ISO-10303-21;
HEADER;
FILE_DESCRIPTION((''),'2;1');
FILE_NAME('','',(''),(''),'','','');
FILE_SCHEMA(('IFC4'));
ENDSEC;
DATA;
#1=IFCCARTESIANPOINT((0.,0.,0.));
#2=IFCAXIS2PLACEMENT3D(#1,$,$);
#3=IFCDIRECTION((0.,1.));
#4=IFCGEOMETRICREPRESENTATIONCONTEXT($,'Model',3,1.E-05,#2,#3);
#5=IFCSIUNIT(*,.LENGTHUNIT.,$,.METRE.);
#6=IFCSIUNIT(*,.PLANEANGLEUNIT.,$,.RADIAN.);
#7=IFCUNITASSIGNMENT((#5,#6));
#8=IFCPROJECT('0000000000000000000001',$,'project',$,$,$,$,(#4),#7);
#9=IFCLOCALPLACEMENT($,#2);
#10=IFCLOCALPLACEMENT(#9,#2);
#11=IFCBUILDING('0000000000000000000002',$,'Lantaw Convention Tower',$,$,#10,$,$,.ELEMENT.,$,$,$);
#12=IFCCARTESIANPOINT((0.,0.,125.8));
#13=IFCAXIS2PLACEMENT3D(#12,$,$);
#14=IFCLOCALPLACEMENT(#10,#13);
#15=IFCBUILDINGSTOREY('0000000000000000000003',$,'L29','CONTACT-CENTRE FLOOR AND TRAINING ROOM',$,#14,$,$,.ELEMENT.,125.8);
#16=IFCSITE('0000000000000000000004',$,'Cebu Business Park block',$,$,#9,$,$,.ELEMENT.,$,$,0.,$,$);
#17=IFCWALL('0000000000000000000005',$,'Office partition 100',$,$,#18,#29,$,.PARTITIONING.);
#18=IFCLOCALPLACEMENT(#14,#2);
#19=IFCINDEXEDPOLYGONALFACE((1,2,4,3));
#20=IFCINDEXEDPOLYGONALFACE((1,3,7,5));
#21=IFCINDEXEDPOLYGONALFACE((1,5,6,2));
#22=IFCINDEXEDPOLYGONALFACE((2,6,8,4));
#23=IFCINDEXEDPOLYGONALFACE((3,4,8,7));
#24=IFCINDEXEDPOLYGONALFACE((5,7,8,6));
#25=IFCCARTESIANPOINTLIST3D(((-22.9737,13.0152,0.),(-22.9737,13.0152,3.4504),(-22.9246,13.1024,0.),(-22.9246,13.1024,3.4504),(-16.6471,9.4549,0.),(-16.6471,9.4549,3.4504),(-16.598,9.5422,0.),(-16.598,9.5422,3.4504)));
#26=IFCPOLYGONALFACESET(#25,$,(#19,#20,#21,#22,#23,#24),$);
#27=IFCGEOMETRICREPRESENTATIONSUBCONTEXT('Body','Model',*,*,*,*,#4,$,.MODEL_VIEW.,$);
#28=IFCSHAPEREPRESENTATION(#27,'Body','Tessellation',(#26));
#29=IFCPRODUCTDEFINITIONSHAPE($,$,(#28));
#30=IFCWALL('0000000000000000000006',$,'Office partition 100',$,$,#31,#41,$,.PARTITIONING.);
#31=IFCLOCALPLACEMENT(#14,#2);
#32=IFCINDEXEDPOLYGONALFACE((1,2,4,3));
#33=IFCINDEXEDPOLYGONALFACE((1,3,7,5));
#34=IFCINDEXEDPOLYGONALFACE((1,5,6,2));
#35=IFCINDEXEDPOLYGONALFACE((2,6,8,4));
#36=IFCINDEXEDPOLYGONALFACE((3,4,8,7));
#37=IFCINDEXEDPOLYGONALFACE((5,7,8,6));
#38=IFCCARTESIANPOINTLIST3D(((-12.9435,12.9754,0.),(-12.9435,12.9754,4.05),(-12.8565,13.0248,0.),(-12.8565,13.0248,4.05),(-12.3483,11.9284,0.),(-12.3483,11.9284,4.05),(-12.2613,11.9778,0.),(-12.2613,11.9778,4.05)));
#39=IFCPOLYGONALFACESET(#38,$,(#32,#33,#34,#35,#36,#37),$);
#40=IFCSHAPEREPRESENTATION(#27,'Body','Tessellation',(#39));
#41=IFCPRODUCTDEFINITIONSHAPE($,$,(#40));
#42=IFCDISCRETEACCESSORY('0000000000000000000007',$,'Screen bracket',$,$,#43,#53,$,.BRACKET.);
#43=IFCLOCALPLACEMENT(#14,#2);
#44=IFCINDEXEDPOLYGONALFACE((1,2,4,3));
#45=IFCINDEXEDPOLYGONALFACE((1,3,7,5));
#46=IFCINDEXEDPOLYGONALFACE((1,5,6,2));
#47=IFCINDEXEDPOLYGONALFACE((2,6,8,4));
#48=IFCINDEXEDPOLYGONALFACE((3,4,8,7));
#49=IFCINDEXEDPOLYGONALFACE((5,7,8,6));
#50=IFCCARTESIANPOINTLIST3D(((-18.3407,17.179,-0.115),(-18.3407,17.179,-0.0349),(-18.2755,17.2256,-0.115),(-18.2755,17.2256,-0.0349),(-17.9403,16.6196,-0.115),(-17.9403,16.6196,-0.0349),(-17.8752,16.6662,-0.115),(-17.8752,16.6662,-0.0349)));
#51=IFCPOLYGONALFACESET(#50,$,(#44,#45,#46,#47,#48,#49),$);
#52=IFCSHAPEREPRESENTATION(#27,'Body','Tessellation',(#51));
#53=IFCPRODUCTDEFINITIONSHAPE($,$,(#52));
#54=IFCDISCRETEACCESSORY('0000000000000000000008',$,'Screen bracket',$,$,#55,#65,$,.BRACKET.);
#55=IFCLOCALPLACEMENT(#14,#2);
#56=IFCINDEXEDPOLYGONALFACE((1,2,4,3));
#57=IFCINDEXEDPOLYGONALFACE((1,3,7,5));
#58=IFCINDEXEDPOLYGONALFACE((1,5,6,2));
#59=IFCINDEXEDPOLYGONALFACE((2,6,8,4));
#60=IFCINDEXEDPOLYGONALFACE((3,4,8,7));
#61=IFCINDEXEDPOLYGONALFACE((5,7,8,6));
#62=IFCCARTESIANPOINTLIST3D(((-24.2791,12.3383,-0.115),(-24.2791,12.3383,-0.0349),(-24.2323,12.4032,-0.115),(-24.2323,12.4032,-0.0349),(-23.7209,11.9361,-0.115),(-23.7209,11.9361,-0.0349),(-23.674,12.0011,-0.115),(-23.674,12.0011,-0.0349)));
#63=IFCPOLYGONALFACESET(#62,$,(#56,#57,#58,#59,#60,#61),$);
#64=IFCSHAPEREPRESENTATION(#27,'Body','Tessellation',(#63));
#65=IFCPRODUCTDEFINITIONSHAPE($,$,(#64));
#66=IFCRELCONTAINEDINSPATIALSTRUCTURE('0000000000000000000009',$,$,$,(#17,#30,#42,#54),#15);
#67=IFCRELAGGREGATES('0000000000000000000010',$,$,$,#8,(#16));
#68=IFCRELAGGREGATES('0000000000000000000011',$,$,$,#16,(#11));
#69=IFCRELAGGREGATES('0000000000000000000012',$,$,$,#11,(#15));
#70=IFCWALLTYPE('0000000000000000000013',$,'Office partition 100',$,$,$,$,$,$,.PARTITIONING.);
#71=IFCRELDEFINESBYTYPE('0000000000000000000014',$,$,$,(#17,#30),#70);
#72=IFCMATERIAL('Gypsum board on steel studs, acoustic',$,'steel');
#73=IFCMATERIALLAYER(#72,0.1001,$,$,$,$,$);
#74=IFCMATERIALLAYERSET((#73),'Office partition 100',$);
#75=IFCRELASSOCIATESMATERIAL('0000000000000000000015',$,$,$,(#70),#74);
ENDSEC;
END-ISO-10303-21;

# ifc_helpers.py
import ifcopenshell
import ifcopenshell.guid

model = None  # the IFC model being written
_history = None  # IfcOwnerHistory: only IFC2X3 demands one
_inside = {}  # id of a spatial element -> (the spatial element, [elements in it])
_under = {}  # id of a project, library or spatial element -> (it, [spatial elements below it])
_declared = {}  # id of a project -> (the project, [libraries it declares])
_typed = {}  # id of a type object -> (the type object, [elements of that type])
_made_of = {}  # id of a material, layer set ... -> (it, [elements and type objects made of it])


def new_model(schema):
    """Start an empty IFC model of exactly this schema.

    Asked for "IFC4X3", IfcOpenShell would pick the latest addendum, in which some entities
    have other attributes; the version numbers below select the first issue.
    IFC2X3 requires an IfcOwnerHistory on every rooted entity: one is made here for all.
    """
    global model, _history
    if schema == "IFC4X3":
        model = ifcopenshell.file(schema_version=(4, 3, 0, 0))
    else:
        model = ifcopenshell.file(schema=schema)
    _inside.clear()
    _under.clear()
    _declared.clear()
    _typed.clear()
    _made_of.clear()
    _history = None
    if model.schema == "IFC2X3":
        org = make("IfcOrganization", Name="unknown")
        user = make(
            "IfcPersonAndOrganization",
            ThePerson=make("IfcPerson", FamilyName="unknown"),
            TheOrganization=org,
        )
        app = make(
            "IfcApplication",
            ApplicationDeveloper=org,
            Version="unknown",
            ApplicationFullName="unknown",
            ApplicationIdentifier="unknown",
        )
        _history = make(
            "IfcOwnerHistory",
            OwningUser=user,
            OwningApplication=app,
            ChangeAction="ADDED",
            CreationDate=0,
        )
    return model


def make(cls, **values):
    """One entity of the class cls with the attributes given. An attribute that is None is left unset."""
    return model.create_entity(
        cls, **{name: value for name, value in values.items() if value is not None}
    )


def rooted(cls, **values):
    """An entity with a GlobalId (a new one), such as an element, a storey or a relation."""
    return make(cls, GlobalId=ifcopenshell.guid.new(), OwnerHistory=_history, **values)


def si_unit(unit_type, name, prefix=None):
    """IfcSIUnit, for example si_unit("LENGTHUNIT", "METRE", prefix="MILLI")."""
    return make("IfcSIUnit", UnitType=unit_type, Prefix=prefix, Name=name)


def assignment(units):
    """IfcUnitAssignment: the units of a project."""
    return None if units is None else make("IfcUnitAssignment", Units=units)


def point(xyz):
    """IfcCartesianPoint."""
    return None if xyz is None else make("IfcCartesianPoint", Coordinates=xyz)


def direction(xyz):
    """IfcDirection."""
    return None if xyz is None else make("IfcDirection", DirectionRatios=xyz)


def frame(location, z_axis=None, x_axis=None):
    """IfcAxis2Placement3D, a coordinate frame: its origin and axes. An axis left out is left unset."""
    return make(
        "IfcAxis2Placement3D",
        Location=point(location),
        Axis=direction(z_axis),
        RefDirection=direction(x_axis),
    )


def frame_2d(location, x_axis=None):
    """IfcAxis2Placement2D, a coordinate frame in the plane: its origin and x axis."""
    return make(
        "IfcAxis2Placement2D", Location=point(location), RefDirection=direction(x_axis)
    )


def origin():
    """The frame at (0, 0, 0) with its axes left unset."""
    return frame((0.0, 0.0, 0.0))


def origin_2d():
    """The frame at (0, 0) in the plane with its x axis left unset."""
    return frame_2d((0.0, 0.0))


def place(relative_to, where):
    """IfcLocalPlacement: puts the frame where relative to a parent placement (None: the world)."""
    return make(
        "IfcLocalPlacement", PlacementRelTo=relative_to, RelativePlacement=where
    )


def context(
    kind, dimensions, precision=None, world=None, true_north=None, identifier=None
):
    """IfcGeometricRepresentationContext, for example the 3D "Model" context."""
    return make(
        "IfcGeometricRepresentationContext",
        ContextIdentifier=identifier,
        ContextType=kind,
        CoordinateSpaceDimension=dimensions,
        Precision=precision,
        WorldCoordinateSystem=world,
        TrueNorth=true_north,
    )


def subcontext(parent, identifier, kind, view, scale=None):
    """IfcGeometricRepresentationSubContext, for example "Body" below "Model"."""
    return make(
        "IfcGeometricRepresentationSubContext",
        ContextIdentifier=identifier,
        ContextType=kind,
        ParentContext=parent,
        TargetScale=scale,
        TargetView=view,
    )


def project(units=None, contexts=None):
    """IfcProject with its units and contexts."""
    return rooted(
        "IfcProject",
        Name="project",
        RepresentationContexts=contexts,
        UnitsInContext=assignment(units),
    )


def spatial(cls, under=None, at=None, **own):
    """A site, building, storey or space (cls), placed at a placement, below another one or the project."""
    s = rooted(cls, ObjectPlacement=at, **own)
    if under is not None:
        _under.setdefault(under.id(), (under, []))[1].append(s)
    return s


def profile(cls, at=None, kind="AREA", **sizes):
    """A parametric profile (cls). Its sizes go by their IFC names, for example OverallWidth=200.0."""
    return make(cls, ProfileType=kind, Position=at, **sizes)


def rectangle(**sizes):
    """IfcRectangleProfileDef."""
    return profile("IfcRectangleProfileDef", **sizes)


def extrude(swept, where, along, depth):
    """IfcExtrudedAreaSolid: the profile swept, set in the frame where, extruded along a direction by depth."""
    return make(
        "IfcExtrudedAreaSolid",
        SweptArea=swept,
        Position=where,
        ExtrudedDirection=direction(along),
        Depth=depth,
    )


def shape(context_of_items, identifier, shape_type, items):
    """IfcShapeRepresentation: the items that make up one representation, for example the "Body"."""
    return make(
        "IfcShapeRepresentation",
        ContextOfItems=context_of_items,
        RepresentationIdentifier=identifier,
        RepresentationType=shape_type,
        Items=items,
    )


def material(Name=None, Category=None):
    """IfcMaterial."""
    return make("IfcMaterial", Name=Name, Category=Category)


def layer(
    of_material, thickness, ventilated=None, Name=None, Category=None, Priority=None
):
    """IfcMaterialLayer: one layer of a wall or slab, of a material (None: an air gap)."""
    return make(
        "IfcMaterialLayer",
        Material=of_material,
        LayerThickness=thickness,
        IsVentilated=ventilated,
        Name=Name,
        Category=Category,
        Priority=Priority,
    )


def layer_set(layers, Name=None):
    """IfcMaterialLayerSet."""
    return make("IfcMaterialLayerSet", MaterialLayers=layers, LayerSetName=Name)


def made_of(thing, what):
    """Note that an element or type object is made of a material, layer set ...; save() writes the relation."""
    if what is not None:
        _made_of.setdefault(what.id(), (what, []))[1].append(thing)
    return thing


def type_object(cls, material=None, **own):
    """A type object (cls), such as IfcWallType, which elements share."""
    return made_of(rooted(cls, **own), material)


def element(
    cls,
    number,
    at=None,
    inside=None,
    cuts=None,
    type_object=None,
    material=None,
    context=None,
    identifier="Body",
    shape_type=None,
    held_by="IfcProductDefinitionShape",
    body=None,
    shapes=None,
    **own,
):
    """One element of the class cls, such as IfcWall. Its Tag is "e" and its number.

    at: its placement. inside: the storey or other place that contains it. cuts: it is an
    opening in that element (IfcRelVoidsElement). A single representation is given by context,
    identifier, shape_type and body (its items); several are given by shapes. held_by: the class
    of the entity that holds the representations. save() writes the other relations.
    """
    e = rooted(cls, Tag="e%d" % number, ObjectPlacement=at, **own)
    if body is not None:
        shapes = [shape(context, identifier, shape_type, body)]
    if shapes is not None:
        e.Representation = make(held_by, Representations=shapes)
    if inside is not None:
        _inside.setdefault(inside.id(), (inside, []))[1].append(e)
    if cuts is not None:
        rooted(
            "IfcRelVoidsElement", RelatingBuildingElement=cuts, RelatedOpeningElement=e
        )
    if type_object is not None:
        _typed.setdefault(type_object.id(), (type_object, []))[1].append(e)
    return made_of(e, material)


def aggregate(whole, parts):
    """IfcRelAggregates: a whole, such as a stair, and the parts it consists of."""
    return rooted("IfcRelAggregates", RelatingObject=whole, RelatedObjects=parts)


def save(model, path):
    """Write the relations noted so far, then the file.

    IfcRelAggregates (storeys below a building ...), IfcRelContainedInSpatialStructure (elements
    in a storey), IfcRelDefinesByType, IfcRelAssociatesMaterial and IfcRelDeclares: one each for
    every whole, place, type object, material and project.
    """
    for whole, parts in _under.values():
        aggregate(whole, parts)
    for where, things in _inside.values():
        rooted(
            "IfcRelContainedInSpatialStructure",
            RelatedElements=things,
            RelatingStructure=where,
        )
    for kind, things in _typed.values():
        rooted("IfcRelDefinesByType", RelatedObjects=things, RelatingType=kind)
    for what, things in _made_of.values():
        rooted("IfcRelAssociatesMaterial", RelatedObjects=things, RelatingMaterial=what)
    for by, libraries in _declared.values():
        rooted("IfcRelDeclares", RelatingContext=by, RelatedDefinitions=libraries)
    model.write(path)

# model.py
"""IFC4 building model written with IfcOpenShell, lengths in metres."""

from ifc_helpers import new_model, si_unit, direction, frame, frame_2d, origin, origin_2d, place, context, subcontext, project, spatial, rectangle, extrude, material, layer, layer_set, type_object, element, save


model = new_model("IFC4")

# Units and contexts
model_context = context("Model", 3, precision=1e-05, world=origin(), true_north=direction((0.0, 1.0)))
body_context = subcontext(model_context, "Body", "Model", "MODEL_VIEW")
ifc_project = project(units=[si_unit("LENGTHUNIT", "METRE"), si_unit("PLANEANGLEUNIT", "RADIAN")], contexts=[model_context])

# Site, building, storey
site_placement = place(None, origin())
site = spatial("IfcSite", under=ifc_project, at=site_placement, Name="Cebu Business Park block", CompositionType="ELEMENT", RefElevation=0.0)
building_placement = place(site_placement, origin())
building = spatial("IfcBuilding", under=site, at=building_placement, Name="Lantaw Convention Tower", CompositionType="ELEMENT")
storey_placement = place(building_placement, frame((0.0, 0.0, 125.8)))
storey = spatial("IfcBuildingStorey", under=building, at=storey_placement, Name="L29", Description="CONTACT-CENTRE FLOOR AND TRAINING ROOM", CompositionType="ELEMENT", Elevation=125.8)

# Walls
ifc_material_1 = material(Name="Gypsum board on steel studs, acoustic", Category="steel")
ifc_layer_1 = layer(ifc_material_1, 0.1001)
ifc_layer_set_1 = layer_set([ifc_layer_1], Name="Office partition 100")
wall_type_1 = type_object("IfcWallType", Name="Office partition 100", PredefinedType="PARTITIONING", material=ifc_layer_set_1)
wall_1_placement = place(storey_placement, frame((-22.9492, 13.0588, 0.0), z_axis=(0.0, 0.0, 1.0), x_axis=(0.871484, -0.490424, 0.0)))
element("IfcWall", 1, at=wall_1_placement, inside=storey, type_object=wall_type_1, Name="Office partition 100", PredefinedType="PARTITIONING", context=body_context, shape_type="SweptSolid", body=[
    extrude(rectangle(XDim=7.2595, YDim=0.1001, at=frame_2d((3.6299, 0.0))), origin(), (0.0, 0.0, 1.0), 3.4504),
])
wall_2_placement = place(storey_placement, frame((-12.8999, 13.0, 0.0), z_axis=(0.0, 0.0, 1.0), x_axis=(0.494173, -0.869364, 0.0)))
element("IfcWall", 2, at=wall_2_placement, inside=storey, type_object=wall_type_1, Name="Office partition 100", PredefinedType="PARTITIONING", context=body_context, shape_type="SweptSolid", body=[
    extrude(rectangle(XDim=1.2043, YDim=0.1001, at=frame_2d((0.6021, 0.0))), origin(), (0.0, 0.0, 1.0), 4.05),
])

# Discrete accessories
for number, where, z_axis, x_axis, name in (
    (3, (-18.1079, 16.9226, -0.115), (0.0, 0.0, 1.0), (-0.813208, -0.581973, 0.0), "Screen bracket"),
    (4, (-23.9766, 12.1697, -0.115), (0.0, 0.0, 1.0), (-0.584513, -0.811385, 0.0), "Screen bracket"),
):
    element("IfcDiscreteAccessory", number, at=place(storey_placement, frame(where, z_axis=z_axis, x_axis=x_axis)), inside=storey, Name=name, PredefinedType="BRACKET", context=body_context, shape_type="SweptSolid", body=[
        extrude(rectangle(XDim=0.0801, YDim=0.688, at=origin_2d()), origin(), (0.0, 0.0, 1.0), 0.0801),
    ])

save(model, "model.ifc")
